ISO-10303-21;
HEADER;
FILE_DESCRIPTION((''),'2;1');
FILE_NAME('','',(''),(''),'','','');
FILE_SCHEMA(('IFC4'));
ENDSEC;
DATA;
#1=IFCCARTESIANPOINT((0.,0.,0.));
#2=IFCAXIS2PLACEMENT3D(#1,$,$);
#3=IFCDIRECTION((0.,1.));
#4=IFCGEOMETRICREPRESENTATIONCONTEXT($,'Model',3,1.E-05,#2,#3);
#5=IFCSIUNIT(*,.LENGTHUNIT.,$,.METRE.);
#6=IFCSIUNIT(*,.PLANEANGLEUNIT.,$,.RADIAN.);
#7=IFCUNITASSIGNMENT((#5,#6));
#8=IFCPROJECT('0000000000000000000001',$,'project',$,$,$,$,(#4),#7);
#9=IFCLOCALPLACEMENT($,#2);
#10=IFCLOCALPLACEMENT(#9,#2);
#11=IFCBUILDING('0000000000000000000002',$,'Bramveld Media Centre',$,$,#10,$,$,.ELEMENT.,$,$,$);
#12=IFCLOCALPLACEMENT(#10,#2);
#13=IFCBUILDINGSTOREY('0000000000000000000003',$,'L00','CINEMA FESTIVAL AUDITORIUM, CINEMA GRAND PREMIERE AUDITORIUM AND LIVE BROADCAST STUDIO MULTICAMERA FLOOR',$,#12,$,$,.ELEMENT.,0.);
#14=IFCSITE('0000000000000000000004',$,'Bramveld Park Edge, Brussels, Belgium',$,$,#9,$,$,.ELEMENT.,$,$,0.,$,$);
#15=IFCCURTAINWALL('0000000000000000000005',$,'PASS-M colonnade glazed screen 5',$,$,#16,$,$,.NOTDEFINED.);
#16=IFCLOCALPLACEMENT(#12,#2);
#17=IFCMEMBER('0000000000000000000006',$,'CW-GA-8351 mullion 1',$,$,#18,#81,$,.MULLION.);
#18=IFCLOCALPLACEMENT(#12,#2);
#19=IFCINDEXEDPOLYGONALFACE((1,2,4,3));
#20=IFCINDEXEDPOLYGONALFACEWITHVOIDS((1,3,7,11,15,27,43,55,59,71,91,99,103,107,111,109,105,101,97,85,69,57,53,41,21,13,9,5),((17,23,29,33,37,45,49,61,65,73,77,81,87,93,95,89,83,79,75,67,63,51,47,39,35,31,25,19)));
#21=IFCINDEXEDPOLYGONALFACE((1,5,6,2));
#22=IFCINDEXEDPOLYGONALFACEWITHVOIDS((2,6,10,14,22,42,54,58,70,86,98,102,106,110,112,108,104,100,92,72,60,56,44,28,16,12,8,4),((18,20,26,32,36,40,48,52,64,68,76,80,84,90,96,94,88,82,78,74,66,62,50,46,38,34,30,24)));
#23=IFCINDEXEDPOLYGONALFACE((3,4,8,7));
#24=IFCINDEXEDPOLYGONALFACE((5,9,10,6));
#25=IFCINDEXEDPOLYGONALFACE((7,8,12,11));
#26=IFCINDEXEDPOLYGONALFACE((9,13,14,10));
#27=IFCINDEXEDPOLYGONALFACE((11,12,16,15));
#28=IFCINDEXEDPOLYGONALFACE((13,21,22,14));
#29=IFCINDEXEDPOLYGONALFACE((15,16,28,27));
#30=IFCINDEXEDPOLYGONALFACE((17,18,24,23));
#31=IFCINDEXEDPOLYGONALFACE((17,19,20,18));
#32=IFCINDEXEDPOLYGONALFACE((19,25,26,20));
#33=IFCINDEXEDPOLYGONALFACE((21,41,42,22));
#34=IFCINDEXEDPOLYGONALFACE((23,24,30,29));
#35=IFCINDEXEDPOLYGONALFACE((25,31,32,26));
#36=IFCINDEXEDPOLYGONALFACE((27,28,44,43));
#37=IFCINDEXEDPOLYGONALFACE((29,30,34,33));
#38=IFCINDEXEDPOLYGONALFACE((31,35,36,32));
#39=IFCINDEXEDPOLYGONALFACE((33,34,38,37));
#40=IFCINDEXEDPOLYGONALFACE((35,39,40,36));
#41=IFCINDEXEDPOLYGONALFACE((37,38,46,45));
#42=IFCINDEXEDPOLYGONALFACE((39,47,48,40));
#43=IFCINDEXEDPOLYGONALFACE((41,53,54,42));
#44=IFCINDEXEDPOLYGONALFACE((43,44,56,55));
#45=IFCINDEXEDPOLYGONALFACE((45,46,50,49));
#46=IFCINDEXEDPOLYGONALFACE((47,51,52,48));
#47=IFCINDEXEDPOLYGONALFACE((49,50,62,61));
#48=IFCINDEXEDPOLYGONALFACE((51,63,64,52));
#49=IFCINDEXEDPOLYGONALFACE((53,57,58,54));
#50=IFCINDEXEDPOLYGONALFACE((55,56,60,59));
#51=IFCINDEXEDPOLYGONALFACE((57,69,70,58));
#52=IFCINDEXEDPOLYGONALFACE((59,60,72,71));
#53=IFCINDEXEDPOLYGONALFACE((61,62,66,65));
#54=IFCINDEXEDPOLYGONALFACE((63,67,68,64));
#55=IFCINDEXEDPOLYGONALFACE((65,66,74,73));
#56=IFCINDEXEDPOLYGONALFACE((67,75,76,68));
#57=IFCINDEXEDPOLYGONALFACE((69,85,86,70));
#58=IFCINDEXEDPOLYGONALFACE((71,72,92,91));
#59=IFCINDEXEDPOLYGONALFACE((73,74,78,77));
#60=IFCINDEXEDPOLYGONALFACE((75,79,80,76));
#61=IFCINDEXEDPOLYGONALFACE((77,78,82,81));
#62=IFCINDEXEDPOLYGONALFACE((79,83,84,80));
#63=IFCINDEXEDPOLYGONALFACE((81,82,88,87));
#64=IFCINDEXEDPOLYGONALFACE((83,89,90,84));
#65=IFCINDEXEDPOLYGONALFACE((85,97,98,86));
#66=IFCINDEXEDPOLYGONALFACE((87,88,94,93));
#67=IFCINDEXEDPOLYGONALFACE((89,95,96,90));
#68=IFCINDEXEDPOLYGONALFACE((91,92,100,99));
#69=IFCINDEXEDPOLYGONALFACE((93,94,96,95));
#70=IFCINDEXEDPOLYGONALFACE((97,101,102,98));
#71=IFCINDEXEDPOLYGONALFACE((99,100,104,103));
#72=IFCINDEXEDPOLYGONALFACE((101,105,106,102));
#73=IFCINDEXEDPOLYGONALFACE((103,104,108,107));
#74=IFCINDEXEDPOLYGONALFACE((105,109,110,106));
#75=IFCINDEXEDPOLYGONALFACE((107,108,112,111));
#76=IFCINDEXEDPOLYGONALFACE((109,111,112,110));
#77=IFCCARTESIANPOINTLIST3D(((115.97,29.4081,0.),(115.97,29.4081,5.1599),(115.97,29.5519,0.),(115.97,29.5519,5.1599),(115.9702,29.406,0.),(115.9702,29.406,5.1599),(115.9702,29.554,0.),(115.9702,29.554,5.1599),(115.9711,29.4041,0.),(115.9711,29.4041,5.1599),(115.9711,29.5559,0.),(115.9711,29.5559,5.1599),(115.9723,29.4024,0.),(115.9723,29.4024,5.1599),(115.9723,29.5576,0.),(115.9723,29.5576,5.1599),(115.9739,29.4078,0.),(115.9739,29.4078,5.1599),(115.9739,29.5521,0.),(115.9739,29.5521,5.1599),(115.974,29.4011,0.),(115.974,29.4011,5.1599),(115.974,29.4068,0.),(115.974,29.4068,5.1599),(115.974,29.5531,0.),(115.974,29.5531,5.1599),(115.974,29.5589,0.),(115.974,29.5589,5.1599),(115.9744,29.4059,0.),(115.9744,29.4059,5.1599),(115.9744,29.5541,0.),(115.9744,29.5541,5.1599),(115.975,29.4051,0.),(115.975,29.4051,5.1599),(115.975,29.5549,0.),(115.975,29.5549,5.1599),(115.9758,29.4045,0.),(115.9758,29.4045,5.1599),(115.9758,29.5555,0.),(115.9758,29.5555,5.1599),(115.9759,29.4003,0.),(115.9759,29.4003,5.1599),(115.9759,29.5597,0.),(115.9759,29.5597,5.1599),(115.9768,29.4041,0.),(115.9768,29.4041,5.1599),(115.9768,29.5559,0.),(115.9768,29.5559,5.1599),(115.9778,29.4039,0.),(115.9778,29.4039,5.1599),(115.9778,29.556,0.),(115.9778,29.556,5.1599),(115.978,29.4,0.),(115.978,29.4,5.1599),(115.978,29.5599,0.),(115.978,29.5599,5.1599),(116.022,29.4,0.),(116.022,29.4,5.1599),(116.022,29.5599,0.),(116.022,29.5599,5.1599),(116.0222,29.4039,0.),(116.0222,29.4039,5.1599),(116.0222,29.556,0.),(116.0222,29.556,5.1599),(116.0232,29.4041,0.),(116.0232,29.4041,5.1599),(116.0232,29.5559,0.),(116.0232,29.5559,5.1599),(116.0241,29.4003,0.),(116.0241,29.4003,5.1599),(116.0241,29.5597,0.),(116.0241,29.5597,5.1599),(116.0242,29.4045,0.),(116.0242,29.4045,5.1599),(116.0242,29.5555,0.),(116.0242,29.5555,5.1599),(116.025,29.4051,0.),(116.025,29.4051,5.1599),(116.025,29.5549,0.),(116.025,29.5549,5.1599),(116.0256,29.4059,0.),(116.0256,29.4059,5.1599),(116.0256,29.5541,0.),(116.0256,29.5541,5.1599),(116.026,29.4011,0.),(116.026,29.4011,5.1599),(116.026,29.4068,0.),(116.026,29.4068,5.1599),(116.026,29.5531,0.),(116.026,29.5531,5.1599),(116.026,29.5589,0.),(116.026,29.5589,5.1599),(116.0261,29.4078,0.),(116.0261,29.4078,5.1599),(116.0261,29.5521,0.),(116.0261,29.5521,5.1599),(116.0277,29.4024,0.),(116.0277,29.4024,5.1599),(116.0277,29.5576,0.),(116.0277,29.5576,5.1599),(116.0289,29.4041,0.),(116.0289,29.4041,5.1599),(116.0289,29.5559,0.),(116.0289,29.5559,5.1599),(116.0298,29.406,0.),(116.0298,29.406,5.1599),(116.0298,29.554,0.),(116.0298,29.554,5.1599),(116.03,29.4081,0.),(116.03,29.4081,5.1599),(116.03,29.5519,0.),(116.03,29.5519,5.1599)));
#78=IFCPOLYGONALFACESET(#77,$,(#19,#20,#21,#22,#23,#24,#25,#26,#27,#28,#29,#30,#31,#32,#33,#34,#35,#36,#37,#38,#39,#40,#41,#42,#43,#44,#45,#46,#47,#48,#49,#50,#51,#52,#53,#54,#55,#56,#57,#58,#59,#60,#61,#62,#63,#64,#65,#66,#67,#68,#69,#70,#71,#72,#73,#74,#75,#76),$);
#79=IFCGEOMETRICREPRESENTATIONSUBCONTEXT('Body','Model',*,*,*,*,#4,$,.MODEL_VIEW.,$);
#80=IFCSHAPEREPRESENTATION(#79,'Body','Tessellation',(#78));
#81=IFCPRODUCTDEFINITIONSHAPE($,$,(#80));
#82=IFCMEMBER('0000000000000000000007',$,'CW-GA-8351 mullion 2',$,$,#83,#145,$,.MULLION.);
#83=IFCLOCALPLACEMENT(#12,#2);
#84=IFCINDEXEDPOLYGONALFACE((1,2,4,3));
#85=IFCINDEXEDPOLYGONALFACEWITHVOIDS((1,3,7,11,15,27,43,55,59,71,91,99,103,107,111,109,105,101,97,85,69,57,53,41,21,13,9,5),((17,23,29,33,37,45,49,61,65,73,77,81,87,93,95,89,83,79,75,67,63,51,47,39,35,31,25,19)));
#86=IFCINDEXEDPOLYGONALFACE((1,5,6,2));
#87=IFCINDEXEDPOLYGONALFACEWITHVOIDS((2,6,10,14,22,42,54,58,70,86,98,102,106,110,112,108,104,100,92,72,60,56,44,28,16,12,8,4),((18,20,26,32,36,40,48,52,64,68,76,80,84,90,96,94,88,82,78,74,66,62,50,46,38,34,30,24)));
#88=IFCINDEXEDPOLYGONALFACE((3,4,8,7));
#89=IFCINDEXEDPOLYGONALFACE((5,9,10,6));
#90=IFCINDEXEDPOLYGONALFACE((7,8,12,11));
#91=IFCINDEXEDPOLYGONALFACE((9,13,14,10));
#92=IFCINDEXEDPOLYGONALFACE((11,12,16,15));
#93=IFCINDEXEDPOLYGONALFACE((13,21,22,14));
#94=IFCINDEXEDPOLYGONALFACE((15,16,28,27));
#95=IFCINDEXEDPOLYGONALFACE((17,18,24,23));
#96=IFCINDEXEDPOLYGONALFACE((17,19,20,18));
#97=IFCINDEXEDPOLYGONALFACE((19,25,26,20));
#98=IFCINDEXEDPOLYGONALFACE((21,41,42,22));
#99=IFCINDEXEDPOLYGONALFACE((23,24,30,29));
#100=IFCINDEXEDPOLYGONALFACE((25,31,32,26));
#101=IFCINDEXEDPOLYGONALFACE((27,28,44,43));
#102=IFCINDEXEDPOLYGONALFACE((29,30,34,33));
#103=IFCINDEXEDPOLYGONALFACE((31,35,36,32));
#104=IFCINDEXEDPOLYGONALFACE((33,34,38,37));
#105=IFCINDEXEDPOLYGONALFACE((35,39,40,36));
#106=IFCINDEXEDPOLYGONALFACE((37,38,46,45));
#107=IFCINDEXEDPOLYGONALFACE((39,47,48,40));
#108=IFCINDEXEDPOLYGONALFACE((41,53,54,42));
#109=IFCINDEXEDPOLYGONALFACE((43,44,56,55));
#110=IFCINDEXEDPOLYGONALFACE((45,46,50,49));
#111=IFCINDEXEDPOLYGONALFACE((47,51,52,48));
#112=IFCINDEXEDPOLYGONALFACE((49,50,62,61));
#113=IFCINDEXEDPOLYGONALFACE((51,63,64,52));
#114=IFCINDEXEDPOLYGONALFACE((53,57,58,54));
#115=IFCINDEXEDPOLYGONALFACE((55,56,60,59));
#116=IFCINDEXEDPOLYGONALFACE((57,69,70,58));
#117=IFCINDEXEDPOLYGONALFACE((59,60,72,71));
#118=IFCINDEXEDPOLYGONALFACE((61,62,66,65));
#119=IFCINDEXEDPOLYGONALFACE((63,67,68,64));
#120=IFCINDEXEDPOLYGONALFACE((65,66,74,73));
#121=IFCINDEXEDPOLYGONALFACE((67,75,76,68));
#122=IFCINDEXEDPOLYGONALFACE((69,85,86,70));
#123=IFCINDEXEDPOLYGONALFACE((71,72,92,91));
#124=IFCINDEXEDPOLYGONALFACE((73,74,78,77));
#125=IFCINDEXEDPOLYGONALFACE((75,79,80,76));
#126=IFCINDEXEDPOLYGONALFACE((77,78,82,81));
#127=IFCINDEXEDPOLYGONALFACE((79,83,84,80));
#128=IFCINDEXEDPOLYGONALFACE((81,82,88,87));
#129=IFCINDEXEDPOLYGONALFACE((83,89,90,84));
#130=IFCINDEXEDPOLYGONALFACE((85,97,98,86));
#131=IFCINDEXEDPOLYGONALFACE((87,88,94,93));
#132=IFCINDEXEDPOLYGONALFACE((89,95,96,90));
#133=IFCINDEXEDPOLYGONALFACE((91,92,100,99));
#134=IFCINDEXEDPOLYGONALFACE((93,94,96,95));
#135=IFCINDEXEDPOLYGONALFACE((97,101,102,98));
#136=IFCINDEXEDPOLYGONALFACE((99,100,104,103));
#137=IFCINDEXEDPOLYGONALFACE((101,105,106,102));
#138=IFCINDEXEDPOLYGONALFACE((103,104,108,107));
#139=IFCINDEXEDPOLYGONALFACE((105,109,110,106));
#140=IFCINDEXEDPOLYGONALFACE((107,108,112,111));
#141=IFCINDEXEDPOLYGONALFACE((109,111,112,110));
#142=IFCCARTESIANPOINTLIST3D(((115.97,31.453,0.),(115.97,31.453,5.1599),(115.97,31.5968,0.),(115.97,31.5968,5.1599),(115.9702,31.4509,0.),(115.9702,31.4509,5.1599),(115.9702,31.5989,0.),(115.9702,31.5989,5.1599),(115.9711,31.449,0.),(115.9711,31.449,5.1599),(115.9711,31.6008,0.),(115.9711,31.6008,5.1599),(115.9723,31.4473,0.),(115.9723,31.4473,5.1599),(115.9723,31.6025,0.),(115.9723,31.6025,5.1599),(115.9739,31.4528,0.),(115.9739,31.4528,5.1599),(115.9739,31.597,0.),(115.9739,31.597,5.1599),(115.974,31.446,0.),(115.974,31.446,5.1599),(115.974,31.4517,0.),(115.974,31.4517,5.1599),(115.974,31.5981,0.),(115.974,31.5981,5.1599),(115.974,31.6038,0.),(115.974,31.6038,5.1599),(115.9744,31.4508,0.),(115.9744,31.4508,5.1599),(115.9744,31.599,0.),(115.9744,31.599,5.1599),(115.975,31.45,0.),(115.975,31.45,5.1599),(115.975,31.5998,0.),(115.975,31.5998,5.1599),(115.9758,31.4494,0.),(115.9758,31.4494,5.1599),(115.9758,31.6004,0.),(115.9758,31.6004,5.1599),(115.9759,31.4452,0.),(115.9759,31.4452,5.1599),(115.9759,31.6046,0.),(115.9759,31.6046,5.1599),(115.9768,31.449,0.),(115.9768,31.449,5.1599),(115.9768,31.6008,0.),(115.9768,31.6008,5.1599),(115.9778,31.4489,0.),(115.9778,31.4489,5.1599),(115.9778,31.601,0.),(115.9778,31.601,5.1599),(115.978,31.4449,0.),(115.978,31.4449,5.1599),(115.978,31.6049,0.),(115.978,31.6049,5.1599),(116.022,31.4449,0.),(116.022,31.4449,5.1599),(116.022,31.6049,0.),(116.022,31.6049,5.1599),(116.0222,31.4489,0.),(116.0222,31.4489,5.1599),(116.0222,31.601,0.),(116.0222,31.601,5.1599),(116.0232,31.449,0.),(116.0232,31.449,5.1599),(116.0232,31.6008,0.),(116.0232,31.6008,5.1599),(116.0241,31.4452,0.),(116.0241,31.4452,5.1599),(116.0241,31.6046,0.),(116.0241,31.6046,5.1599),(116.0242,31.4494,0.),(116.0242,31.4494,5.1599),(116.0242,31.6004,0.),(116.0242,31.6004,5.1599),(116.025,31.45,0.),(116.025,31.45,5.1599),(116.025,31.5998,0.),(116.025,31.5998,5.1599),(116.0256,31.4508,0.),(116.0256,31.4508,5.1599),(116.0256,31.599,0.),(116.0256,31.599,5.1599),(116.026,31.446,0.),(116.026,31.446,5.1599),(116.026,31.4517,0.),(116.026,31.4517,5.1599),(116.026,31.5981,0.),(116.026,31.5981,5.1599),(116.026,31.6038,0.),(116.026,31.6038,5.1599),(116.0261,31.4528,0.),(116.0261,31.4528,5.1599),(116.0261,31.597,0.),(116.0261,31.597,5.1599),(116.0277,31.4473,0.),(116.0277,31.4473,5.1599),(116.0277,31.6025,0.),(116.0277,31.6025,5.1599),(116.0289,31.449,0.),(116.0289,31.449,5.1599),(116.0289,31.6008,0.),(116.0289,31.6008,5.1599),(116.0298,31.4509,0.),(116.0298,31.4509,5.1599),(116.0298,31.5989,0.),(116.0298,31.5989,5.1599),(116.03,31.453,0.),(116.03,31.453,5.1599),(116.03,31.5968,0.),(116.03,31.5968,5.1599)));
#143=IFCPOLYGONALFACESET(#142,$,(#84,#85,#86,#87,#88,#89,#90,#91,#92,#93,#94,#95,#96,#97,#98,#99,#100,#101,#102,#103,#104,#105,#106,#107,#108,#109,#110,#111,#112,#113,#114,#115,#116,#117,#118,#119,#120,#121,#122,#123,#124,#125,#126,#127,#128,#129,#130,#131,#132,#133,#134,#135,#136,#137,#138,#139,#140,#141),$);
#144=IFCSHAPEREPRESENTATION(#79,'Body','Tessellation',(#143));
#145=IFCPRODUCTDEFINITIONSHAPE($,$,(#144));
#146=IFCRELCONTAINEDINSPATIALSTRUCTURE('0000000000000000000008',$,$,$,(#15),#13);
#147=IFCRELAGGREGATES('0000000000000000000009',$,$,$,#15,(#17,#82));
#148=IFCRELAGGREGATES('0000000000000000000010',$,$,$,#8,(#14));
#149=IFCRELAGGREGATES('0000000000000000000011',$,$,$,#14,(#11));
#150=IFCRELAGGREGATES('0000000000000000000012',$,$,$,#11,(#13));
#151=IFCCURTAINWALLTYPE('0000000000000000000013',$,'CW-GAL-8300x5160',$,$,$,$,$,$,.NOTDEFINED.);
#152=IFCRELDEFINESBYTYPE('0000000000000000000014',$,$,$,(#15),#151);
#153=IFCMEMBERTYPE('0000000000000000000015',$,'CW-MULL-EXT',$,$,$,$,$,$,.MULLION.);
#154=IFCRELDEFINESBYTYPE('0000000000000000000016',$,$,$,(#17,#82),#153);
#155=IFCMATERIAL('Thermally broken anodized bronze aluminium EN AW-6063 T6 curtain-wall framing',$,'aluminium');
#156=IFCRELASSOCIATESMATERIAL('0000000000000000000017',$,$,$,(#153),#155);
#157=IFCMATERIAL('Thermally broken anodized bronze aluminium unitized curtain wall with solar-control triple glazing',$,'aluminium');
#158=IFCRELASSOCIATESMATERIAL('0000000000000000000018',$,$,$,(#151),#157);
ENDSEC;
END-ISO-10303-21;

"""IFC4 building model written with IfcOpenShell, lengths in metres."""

from ifc_helpers import new_model, si_unit, direction, frame, origin, origin_2d, place, context, subcontext, project, spatial, hollow_rectangle, extrude, material, material_profile, profile_set, type_object, element, aggregate, save


model = new_model("IFC4")

# Units and contexts
model_context = context("Model", 3, precision=1e-05, world=origin(), true_north=direction((0.0, 1.0)))
body_context = subcontext(model_context, "Body", "Model", "MODEL_VIEW")
ifc_project = project(units=[si_unit("LENGTHUNIT", "METRE"), si_unit("PLANEANGLEUNIT", "RADIAN")], contexts=[model_context])

# Site, building, storey
site_placement = place(None, origin())
site = spatial("IfcSite", under=ifc_project, at=site_placement, Name="Bramveld Park Edge, Brussels, Belgium", CompositionType="ELEMENT", RefElevation=0.0)
building_placement = place(site_placement, origin())
building = spatial("IfcBuilding", under=site, at=building_placement, Name="Bramveld Media Centre", CompositionType="ELEMENT")
storey_placement = place(building_placement, origin())
storey = spatial("IfcBuildingStorey", under=building, at=storey_placement, Name="L00", Description="CINEMA FESTIVAL AUDITORIUM, CINEMA GRAND PREMIERE AUDITORIUM AND LIVE BROADCAST STUDIO MULTICAMERA FLOOR", CompositionType="ELEMENT", Elevation=0.0)

# Shared definitions
ifc_material_1 = material(Name="Thermally broken anodized bronze aluminium EN AW-6063 T6 curtain-wall framing", Category="aluminium")
ifc_material_profile_1 = material_profile(ifc_material_1, hollow_rectangle(XDim=0.0601, YDim=0.1599, WallThickness=0.0039, InnerFilletRadius=0.0039, OuterFilletRadius=0.0081, at=origin_2d()), Name="AL-MULL 60x160")
ifc_profile_set_1 = profile_set([ifc_material_profile_1], Name="Thermally broken anodized bronze aluminium EN AW-6063 T6 curtain-wall framing")
member_type_1 = type_object("IfcMemberType", Name="CW-MULL-EXT", PredefinedType="MULLION", material=ifc_profile_set_1)

# Curtain wall, members
ifc_material_2 = material(Name="Thermally broken anodized bronze aluminium unitized curtain wall with solar-control triple glazing", Category="aluminium")
curtain_wall_type_1 = type_object("IfcCurtainWallType", Name="CW-GAL-8300x5160", PredefinedType="NOTDEFINED", material=ifc_material_2)
curtain_wall_1_placement = place(storey_placement, origin())
curtain_wall_1 = element("IfcCurtainWall", 1, at=curtain_wall_1_placement, inside=storey, type_object=curtain_wall_type_1, Name="PASS-M colonnade glazed screen 5", PredefinedType="NOTDEFINED")
member_1_placement = place(storey_placement, frame((116.0, 29.48, 0.0), z_axis=(0.0, 0.0, 1.0), x_axis=(-1.0, 0.0, 0.0)))
member_1 = element("IfcMember", 2, at=member_1_placement, type_object=member_type_1, Name="CW-GA-8351 mullion 1", PredefinedType="MULLION", context=body_context, shape_type="SweptSolid", body=[
    extrude(hollow_rectangle(XDim=0.0601, YDim=0.1599, WallThickness=0.0039, InnerFilletRadius=0.0039, OuterFilletRadius=0.0081, at=origin_2d()), origin(), (0.0, 0.0, 1.0), 5.1599),
])
member_2_placement = place(storey_placement, frame((116.0, 31.5249, 0.0), z_axis=(0.0, 0.0, 1.0), x_axis=(-1.0, 0.0, 0.0)))
member_2 = element("IfcMember", 3, at=member_2_placement, type_object=member_type_1, Name="CW-GA-8351 mullion 2", PredefinedType="MULLION", context=body_context, shape_type="SweptSolid", body=[
    extrude(hollow_rectangle(XDim=0.0601, YDim=0.1599, WallThickness=0.0039, InnerFilletRadius=0.0039, OuterFilletRadius=0.0081, at=origin_2d()), origin(), (0.0, 0.0, 1.0), 5.1599),
])
aggregate(curtain_wall_1, [member_1, member_2])

save(model, "model.ifc")
